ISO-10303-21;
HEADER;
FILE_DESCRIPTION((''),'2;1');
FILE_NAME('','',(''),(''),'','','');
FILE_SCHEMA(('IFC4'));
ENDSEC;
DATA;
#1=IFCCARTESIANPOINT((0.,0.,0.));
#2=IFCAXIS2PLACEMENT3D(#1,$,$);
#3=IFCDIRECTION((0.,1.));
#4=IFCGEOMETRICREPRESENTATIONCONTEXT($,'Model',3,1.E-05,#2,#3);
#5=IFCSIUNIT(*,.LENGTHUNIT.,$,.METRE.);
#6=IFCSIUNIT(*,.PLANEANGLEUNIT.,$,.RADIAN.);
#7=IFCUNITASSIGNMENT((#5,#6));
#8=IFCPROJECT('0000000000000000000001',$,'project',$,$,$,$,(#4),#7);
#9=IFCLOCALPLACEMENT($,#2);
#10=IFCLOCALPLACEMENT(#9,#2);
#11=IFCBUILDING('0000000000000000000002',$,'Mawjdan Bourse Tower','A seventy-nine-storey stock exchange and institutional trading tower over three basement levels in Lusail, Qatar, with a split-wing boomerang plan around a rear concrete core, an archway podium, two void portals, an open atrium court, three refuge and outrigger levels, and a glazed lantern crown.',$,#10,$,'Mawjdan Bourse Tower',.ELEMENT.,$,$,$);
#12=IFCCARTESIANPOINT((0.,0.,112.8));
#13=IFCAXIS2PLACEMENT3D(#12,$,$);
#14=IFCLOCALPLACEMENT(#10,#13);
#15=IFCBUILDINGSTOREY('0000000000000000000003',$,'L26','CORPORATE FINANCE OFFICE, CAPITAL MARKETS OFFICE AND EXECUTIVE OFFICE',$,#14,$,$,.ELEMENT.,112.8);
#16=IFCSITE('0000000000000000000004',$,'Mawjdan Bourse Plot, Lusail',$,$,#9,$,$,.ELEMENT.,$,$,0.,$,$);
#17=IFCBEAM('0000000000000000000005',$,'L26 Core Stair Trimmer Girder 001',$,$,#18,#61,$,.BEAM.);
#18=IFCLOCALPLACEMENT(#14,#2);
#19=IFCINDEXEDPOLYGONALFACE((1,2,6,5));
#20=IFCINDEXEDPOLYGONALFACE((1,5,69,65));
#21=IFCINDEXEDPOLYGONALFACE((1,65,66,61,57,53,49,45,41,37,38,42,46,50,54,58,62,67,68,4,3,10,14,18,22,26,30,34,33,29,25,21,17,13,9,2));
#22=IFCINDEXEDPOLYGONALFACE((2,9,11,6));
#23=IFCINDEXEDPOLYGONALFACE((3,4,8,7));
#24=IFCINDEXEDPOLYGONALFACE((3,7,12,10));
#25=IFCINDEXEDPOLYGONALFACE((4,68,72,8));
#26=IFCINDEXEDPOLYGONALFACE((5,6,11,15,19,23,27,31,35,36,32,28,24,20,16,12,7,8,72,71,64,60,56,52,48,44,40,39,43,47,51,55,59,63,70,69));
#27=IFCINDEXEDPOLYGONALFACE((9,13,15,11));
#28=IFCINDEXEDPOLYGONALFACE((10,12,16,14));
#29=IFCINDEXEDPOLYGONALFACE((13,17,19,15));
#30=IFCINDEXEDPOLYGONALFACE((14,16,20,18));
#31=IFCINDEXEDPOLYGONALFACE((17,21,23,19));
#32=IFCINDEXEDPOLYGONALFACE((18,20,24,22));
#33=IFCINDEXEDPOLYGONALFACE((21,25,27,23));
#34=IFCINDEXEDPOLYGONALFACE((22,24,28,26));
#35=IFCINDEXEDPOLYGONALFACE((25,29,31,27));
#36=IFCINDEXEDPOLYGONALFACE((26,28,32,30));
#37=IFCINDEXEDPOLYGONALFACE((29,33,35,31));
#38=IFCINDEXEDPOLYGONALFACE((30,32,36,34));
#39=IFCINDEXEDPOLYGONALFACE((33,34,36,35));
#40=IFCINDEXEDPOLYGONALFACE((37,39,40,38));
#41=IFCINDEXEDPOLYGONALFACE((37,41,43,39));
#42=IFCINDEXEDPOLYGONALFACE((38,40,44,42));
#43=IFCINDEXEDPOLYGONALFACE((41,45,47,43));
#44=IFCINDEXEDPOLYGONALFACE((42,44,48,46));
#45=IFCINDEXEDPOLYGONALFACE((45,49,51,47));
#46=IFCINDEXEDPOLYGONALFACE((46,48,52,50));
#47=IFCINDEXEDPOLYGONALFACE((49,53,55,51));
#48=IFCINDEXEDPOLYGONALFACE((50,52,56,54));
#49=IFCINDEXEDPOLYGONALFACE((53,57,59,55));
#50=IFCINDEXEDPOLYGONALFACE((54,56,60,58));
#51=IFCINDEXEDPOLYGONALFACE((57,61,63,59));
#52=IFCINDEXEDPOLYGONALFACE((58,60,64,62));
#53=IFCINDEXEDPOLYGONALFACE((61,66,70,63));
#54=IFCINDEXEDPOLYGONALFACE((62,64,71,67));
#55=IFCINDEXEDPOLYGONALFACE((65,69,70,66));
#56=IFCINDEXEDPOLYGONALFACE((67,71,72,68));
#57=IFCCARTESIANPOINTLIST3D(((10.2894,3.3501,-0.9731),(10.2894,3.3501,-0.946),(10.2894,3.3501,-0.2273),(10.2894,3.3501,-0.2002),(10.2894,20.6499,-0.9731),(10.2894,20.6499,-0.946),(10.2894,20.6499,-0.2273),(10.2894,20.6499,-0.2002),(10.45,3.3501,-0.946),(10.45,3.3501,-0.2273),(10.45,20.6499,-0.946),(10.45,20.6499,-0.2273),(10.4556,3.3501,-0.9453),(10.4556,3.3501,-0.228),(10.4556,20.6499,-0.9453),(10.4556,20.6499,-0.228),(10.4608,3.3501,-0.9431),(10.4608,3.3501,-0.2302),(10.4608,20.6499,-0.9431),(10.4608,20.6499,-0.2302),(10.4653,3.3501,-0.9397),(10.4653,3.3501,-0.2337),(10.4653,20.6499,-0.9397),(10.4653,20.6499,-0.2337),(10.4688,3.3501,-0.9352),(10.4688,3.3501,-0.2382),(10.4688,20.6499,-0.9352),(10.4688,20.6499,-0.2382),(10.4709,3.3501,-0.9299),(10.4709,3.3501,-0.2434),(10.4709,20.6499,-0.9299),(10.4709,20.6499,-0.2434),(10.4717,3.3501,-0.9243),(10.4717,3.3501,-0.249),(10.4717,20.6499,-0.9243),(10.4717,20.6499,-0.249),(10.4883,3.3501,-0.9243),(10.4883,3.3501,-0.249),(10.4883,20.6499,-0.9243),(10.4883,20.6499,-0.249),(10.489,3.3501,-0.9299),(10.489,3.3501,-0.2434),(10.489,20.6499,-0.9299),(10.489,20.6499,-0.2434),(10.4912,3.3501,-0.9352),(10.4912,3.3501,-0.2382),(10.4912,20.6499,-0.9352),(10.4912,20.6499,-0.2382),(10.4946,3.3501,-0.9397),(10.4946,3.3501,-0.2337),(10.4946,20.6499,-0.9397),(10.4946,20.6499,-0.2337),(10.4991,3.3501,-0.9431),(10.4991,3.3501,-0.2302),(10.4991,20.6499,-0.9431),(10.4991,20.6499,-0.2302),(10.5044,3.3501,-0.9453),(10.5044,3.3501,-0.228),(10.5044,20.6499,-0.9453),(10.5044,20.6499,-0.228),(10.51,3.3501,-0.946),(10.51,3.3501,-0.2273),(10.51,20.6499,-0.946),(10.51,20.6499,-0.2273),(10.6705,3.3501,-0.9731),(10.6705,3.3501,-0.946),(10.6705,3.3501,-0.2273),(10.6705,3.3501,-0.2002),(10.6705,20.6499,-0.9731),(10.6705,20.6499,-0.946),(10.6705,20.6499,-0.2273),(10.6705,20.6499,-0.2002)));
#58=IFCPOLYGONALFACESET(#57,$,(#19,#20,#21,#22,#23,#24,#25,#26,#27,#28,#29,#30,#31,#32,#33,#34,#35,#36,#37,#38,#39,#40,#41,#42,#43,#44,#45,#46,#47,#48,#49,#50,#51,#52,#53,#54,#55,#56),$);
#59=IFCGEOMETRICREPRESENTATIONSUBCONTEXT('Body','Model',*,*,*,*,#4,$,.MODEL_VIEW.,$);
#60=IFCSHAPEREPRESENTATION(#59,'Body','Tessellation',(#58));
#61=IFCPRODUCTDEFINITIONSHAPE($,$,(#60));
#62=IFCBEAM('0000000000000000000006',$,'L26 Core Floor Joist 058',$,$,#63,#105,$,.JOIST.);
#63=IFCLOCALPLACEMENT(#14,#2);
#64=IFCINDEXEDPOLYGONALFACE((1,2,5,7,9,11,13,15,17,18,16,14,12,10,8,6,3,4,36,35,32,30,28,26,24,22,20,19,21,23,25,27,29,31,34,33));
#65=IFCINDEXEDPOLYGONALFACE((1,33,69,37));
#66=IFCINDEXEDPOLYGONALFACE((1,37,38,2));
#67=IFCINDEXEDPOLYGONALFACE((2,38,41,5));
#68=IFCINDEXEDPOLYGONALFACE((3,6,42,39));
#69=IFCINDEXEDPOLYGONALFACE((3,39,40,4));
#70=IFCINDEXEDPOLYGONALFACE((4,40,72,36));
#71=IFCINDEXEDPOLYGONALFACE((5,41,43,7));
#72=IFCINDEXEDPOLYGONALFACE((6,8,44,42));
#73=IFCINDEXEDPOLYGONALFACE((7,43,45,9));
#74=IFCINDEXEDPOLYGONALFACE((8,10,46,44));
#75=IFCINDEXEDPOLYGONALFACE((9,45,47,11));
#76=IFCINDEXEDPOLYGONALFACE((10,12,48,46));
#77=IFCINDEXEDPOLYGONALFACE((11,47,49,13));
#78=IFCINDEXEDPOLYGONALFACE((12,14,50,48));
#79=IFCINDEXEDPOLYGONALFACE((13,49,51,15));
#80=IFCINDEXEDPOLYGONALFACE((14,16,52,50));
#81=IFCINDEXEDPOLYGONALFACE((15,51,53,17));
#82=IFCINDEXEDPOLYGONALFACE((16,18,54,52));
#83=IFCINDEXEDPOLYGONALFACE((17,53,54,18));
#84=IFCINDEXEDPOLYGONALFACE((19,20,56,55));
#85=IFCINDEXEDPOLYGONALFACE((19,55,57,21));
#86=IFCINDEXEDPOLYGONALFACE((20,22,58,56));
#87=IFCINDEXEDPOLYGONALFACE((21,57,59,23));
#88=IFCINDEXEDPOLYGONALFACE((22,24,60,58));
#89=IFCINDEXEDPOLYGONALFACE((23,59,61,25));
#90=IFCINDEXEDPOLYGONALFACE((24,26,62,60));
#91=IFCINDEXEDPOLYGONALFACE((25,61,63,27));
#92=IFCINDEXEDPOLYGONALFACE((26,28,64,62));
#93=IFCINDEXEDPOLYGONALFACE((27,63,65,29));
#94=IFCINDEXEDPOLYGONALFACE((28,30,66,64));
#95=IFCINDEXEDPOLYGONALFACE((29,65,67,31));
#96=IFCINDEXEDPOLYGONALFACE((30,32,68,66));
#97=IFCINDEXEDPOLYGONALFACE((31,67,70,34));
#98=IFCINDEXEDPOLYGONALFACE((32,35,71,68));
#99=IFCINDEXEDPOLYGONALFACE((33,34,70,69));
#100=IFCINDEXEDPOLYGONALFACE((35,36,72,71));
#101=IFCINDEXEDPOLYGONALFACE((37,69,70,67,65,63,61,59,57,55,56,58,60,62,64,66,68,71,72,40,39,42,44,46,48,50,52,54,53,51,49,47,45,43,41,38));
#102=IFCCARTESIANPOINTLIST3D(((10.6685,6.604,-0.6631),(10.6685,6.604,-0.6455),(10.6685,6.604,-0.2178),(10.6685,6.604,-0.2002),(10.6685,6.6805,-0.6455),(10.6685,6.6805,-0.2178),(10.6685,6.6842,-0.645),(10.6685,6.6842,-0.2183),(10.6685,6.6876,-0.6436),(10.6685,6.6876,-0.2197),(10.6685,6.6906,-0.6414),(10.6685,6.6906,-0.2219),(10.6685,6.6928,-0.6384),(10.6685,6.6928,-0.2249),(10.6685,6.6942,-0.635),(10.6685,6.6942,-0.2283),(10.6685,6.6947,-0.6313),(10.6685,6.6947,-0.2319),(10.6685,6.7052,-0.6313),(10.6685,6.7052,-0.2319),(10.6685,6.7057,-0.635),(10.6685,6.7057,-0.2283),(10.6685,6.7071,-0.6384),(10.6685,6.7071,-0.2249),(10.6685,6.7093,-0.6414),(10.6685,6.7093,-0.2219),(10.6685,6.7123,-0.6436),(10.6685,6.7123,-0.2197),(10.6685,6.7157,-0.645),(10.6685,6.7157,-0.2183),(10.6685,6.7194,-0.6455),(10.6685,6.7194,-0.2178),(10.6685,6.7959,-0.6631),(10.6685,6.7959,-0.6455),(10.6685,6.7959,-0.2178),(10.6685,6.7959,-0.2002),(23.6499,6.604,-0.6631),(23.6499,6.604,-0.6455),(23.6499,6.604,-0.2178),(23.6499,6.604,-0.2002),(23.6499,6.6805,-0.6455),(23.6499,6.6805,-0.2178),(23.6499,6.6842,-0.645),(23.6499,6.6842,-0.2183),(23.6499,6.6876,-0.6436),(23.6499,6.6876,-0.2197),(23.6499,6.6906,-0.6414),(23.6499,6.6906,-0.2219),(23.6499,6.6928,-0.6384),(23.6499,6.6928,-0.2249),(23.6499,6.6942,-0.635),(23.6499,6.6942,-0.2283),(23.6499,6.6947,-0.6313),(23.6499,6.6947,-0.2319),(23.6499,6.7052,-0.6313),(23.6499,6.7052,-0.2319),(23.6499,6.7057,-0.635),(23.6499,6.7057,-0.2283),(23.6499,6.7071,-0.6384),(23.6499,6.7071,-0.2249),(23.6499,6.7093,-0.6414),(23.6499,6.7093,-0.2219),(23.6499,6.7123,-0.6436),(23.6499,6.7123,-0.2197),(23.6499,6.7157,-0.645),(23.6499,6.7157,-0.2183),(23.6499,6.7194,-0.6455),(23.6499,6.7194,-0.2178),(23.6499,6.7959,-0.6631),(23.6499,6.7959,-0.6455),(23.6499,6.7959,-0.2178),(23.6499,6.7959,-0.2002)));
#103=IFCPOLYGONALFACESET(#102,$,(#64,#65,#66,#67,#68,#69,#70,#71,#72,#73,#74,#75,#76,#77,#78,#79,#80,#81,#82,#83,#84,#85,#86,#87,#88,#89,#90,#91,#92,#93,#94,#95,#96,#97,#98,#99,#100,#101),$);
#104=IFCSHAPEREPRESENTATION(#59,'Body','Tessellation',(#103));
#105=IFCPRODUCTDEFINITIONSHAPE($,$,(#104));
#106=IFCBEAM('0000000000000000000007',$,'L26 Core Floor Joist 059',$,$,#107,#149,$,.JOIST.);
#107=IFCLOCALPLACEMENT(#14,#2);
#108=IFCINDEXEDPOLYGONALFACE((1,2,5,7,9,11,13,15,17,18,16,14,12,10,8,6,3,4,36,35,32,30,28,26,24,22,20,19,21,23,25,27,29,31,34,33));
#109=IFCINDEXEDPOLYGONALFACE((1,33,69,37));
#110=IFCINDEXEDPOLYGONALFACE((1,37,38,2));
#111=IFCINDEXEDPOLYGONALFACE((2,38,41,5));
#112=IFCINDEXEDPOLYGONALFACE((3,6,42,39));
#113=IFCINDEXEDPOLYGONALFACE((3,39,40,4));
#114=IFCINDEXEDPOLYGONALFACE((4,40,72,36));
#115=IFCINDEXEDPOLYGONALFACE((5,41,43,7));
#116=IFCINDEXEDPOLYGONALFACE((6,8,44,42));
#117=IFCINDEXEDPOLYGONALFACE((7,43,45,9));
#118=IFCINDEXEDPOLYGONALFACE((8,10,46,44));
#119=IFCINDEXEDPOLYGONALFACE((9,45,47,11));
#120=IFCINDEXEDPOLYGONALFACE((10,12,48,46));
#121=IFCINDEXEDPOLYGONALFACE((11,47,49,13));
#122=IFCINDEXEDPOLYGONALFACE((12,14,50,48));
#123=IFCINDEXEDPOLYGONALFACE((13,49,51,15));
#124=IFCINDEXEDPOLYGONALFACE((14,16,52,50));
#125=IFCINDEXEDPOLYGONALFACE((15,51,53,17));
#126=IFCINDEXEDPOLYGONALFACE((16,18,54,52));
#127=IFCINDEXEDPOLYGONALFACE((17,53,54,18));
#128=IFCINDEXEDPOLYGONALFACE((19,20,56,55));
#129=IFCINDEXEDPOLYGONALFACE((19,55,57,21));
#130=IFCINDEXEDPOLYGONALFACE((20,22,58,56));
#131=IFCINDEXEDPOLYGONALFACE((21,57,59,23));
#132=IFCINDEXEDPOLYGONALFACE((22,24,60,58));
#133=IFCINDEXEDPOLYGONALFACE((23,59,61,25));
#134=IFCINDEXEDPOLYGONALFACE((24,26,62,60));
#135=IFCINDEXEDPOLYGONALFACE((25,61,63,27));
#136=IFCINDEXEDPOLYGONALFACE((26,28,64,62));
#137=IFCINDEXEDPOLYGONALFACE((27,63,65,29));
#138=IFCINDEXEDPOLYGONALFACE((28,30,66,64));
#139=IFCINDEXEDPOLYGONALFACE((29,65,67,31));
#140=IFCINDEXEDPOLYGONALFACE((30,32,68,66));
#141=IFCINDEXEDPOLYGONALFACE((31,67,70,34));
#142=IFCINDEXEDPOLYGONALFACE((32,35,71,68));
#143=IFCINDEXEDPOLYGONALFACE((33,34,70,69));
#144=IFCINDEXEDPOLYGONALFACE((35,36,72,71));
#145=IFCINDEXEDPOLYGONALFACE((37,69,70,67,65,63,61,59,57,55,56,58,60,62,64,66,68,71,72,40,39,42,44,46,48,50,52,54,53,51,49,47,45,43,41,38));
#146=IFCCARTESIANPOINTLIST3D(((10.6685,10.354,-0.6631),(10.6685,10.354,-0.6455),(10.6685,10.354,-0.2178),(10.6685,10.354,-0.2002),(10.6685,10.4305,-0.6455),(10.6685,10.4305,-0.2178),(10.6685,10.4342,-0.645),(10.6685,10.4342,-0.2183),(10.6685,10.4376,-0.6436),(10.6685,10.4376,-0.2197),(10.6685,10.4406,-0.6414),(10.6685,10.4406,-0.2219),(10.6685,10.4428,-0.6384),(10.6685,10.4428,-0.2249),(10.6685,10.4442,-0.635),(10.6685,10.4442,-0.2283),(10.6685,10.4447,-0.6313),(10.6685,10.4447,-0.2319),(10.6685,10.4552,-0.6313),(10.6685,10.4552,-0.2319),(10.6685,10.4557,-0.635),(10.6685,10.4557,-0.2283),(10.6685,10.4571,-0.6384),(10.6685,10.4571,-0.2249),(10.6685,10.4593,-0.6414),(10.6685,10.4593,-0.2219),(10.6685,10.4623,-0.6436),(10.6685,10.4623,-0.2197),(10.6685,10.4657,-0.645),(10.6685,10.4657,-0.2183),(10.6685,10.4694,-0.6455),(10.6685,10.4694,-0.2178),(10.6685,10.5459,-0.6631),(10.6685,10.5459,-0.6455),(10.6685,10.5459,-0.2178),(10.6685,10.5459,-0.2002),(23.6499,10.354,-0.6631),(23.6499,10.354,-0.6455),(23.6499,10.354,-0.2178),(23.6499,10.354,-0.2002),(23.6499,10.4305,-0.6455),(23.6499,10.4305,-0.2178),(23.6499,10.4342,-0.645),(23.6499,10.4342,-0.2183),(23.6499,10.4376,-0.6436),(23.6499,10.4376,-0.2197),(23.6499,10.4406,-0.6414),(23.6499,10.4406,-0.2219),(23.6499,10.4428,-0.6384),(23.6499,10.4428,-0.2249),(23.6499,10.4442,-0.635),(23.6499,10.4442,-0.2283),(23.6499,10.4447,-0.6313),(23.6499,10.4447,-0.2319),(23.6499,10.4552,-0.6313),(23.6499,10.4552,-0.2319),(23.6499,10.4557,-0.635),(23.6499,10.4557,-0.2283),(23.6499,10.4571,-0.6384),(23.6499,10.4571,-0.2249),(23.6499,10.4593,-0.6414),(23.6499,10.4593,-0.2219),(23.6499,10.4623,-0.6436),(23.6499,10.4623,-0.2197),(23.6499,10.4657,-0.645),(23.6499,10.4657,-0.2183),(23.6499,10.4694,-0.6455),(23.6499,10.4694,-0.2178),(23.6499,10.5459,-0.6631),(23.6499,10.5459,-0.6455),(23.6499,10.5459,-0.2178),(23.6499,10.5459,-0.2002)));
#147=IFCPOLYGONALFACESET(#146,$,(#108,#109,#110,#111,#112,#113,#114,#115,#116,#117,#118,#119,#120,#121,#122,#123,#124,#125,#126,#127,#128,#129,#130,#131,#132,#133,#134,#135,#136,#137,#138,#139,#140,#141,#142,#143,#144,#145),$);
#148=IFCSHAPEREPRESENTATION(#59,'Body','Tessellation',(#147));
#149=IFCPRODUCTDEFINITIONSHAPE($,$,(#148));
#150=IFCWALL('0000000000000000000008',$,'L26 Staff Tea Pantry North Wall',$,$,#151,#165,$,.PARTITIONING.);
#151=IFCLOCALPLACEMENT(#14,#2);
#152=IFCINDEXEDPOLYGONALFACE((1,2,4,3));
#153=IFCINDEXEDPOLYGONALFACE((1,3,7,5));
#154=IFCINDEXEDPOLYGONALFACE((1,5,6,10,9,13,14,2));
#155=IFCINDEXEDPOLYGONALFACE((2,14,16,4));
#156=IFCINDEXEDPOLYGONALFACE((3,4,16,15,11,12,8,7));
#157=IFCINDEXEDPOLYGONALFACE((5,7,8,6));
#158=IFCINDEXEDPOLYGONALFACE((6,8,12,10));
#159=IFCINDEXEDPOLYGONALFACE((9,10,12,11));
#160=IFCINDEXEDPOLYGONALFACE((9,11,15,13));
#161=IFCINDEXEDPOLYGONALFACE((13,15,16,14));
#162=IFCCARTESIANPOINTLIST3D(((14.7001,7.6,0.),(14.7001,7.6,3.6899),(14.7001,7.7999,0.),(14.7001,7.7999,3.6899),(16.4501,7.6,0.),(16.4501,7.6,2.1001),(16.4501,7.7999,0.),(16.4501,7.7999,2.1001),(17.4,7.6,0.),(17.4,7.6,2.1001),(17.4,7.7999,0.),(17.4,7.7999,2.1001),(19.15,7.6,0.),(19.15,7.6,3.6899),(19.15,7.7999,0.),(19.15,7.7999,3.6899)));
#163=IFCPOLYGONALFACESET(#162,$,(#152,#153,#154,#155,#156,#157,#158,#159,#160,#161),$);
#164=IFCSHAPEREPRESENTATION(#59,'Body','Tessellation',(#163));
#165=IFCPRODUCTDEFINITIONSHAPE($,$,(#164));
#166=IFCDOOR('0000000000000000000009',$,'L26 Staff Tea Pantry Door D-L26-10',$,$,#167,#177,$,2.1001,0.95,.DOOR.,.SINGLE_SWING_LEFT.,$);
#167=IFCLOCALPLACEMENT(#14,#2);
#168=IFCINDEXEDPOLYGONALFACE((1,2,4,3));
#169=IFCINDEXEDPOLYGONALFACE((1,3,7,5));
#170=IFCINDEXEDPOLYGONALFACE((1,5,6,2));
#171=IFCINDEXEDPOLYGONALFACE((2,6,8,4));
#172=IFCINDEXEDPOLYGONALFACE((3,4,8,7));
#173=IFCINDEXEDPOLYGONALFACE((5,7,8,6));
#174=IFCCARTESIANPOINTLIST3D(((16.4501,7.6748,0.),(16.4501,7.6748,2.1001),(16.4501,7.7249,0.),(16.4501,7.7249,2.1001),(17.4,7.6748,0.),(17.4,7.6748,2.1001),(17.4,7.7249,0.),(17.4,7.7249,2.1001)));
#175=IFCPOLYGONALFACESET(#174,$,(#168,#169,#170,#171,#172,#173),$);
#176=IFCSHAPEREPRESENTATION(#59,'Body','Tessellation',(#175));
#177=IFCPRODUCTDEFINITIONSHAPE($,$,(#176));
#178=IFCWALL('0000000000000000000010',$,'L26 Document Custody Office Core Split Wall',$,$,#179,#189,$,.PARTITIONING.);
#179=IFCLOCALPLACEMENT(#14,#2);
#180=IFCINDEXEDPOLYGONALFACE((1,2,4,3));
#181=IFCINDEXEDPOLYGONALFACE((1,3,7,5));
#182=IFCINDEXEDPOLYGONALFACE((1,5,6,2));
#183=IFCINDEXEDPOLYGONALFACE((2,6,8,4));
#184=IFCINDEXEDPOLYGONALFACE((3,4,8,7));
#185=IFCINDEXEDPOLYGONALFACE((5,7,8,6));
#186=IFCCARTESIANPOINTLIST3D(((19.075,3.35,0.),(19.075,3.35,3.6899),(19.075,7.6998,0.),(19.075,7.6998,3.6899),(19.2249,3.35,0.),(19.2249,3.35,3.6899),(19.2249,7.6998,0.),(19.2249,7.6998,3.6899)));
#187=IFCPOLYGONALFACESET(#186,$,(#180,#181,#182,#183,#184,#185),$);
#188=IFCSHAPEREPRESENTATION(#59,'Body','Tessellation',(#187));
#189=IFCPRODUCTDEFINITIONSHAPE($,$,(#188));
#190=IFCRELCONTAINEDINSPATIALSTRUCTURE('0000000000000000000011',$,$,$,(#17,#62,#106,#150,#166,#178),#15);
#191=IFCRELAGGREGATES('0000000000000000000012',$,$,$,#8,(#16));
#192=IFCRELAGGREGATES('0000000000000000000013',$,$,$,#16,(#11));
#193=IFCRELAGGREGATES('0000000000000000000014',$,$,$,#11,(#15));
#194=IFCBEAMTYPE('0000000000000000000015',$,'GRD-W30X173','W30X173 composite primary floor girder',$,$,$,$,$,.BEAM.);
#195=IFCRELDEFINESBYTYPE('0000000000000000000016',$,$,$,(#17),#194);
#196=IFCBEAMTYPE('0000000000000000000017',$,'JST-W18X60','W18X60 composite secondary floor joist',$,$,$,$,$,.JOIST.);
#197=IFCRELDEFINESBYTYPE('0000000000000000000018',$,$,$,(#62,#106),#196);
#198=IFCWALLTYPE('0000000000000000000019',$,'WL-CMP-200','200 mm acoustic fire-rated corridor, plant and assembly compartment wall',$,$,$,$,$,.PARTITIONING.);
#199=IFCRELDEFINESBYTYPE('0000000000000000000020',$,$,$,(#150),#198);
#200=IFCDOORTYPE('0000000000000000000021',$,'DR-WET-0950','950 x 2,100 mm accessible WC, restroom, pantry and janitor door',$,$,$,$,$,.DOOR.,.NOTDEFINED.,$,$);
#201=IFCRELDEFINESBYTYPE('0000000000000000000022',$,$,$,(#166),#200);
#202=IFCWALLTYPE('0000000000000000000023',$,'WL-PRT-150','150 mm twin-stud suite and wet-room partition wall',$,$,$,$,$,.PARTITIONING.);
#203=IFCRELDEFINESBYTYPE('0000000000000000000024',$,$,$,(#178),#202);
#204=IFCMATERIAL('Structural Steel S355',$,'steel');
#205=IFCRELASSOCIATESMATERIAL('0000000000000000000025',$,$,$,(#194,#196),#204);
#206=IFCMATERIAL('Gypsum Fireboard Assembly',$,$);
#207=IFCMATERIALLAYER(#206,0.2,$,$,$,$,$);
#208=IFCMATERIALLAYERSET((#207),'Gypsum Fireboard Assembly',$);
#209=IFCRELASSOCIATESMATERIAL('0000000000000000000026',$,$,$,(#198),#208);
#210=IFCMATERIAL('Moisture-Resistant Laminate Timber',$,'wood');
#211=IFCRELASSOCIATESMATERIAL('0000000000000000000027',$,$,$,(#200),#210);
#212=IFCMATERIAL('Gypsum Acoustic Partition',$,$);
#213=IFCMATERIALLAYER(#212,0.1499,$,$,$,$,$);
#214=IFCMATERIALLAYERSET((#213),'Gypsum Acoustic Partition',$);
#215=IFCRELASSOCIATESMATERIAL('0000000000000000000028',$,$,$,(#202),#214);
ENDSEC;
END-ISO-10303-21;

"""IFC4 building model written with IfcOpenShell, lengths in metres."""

from ifc_helpers import new_model, si_unit, direction, frame, frame_2d, origin, origin_2d, place, context, subcontext, project, spatial, rectangle, i_section, extrude, material, layer, layer_set, material_profile, profile_set, type_object, element, fill, save


model = new_model("IFC4")

# Units and contexts
model_context = context("Model", 3, precision=1e-05, world=origin(), true_north=direction((0.0, 1.0)))
body_context = subcontext(model_context, "Body", "Model", "MODEL_VIEW")
ifc_project = project(units=[si_unit("LENGTHUNIT", "METRE"), si_unit("PLANEANGLEUNIT", "RADIAN")], contexts=[model_context])

# Site, building, storey
site_placement = place(None, origin())
site = spatial("IfcSite", under=ifc_project, at=site_placement, Name="Mawjdan Bourse Plot, Lusail", CompositionType="ELEMENT", RefElevation=0.0)
building_placement = place(site_placement, origin())
building = spatial("IfcBuilding", under=site, at=building_placement, Name="Mawjdan Bourse Tower", Description="A seventy-nine-storey stock exchange and institutional trading tower over three basement levels in Lusail, Qatar, with a split-wing boomerang plan around a rear concrete core, an archway podium, two void portals, an open atrium court, three refuge and outrigger levels, and a glazed lantern crown.", LongName="Mawjdan Bourse Tower", CompositionType="ELEMENT")
storey_placement = place(building_placement, frame((0.0, 0.0, 112.8)))
storey = spatial("IfcBuildingStorey", under=building, at=storey_placement, Name="L26", Description="CORPORATE FINANCE OFFICE, CAPITAL MARKETS OFFICE AND EXECUTIVE OFFICE", CompositionType="ELEMENT", Elevation=112.8)

# Beams
ifc_material_1 = material(Name="Structural Steel S355", Category="steel")
ifc_material_profile_1 = material_profile(ifc_material_1, i_section(OverallWidth=0.3811, OverallDepth=0.7729, WebThickness=0.0166, FlangeThickness=0.0271, FilletRadius=0.0217, at=origin_2d()), Name="W30X173")
ifc_profile_set_1 = profile_set([ifc_material_profile_1], Name="Structural Steel S355")
beam_type_1 = type_object("IfcBeamType", Name="GRD-W30X173", Description="W30X173 composite primary floor girder", PredefinedType="BEAM", material=ifc_profile_set_1)
beam_placement = place(storey_placement, frame((10.48, 3.3501, -0.5867), z_axis=(0.0, 1.0, 0.0), x_axis=(-1.0, 0.0, 0.0)))
element("IfcBeam", 1, at=beam_placement, inside=storey, type_object=beam_type_1, Name="L26 Core Stair Trimmer Girder 001", PredefinedType="BEAM", context=body_context, shape_type="SweptSolid", body=[
    extrude(i_section(OverallWidth=0.3811, OverallDepth=0.7729, WebThickness=0.0166, FlangeThickness=0.0271, FilletRadius=0.0217, at=origin_2d()), origin(), (0.0, 0.0, 1.0), 17.2998),
])
ifc_material_profile_2 = material_profile(ifc_material_1, i_section(OverallWidth=0.1919, OverallDepth=0.4629, WebThickness=0.0105, FlangeThickness=0.0176, FilletRadius=0.0142, at=origin_2d()), Name="W18X60")
ifc_profile_set_2 = profile_set([ifc_material_profile_2], Name="Structural Steel S355")
beam_type_2 = type_object("IfcBeamType", Name="JST-W18X60", Description="W18X60 composite secondary floor joist", PredefinedType="JOIST", material=ifc_profile_set_2)
for number, where, z_axis, x_axis, name in (
    (2, (10.6685, 6.7, -0.4316), (1.0, 0.0, 0.0), (0.0, 1.0, 0.0), "L26 Core Floor Joist 058"),
    (3, (10.6685, 10.45, -0.4316), (1.0, 0.0, 0.0), (0.0, 1.0, 0.0), "L26 Core Floor Joist 059"),
):
    element("IfcBeam", number, at=place(storey_placement, frame(where, z_axis=z_axis, x_axis=x_axis)), inside=storey, type_object=beam_type_2, Name=name, PredefinedType="JOIST", context=body_context, shape_type="SweptSolid", body=[
        extrude(i_section(OverallWidth=0.1919, OverallDepth=0.4629, WebThickness=0.0105, FlangeThickness=0.0176, FilletRadius=0.0142, at=origin_2d()), origin(), (0.0, 0.0, 1.0), 12.9814),
    ])

# Wall, opening, door
ifc_material_2 = material(Name="Gypsum Fireboard Assembly")
ifc_layer_1 = layer(ifc_material_2, 0.2)
ifc_layer_set_1 = layer_set([ifc_layer_1], Name="Gypsum Fireboard Assembly")
wall_type_1 = type_object("IfcWallType", Name="WL-CMP-200", Description="200 mm acoustic fire-rated corridor, plant and assembly compartment wall", PredefinedType="PARTITIONING", material=ifc_layer_set_1)
wall_1_placement = place(storey_placement, frame((14.7, 7.7, 0.0), z_axis=(0.0, 0.0, 1.0), x_axis=(1.0, 0.0, 0.0)))
wall_1 = element("IfcWall", 4, at=wall_1_placement, inside=storey, type_object=wall_type_1, Name="L26 Staff Tea Pantry North Wall", PredefinedType="PARTITIONING", context=body_context, shape_type="SweptSolid", body=[
    extrude(rectangle(XDim=4.45, YDim=0.2, at=frame_2d((2.2251, 0.0))), origin(), (0.0, 0.0, 1.0), 3.6899),
])
opening_1_placement = place(wall_1_placement, frame((1.75, 0.0, 0.0)))
opening_1 = element("IfcOpeningElement", 5, at=opening_1_placement, cuts=wall_1, PredefinedType="OPENING", context=body_context, shape_type="SweptSolid", body=[
    extrude(rectangle(XDim=0.95, YDim=2.1001, at=frame_2d((0.4751, 1.05))), frame((0.0, 0.1099, 0.0), z_axis=(0.0, -1.0, 0.0), x_axis=(1.0, 0.0, 0.0)), (0.0, 0.0, 1.0), 0.22),
])
ifc_material_3 = material(Name="Moisture-Resistant Laminate Timber", Category="wood")
door_type_1 = type_object("IfcDoorType", Name="DR-WET-0950", Description="950 x 2,100 mm accessible WC, restroom, pantry and janitor door", OperationType="NOTDEFINED", PredefinedType="DOOR", material=ifc_material_3)
door_1_placement = place(opening_1_placement, origin())
door_1 = element("IfcDoor", 6, at=door_1_placement, inside=storey, type_object=door_type_1, Name="L26 Staff Tea Pantry Door D-L26-10", OperationType="SINGLE_SWING_LEFT", OverallHeight=2.1001, OverallWidth=0.95, PredefinedType="DOOR", context=body_context, shape_type="SweptSolid", body=[
    extrude(rectangle(XDim=0.95, YDim=2.1001, at=frame_2d((0.4751, 1.05))), frame((0.0, 0.0249, 0.0), z_axis=(0.0, -1.0, 0.0), x_axis=(1.0, 0.0, 0.0)), (0.0, 0.0, 1.0), 0.05),
])
fill(opening_1, door_1)

# Wall
ifc_material_4 = material(Name="Gypsum Acoustic Partition")
ifc_layer_2 = layer(ifc_material_4, 0.1499)
ifc_layer_set_2 = layer_set([ifc_layer_2], Name="Gypsum Acoustic Partition")
wall_type_2 = type_object("IfcWallType", Name="WL-PRT-150", Description="150 mm twin-stud suite and wet-room partition wall", PredefinedType="PARTITIONING", material=ifc_layer_set_2)
wall_2_placement = place(storey_placement, frame((19.1499, 3.3501, 0.0), z_axis=(0.0, 0.0, 1.0), x_axis=(0.0, 1.0, 0.0)))
element("IfcWall", 7, at=wall_2_placement, inside=storey, type_object=wall_type_2, Name="L26 Document Custody Office Core Split Wall", PredefinedType="PARTITIONING", context=body_context, shape_type="SweptSolid", body=[
    extrude(rectangle(XDim=4.3499, YDim=0.1499, at=frame_2d((2.1748, 0.0))), origin(), (0.0, 0.0, 1.0), 3.6899),
])

save(model, "model.ifc")
